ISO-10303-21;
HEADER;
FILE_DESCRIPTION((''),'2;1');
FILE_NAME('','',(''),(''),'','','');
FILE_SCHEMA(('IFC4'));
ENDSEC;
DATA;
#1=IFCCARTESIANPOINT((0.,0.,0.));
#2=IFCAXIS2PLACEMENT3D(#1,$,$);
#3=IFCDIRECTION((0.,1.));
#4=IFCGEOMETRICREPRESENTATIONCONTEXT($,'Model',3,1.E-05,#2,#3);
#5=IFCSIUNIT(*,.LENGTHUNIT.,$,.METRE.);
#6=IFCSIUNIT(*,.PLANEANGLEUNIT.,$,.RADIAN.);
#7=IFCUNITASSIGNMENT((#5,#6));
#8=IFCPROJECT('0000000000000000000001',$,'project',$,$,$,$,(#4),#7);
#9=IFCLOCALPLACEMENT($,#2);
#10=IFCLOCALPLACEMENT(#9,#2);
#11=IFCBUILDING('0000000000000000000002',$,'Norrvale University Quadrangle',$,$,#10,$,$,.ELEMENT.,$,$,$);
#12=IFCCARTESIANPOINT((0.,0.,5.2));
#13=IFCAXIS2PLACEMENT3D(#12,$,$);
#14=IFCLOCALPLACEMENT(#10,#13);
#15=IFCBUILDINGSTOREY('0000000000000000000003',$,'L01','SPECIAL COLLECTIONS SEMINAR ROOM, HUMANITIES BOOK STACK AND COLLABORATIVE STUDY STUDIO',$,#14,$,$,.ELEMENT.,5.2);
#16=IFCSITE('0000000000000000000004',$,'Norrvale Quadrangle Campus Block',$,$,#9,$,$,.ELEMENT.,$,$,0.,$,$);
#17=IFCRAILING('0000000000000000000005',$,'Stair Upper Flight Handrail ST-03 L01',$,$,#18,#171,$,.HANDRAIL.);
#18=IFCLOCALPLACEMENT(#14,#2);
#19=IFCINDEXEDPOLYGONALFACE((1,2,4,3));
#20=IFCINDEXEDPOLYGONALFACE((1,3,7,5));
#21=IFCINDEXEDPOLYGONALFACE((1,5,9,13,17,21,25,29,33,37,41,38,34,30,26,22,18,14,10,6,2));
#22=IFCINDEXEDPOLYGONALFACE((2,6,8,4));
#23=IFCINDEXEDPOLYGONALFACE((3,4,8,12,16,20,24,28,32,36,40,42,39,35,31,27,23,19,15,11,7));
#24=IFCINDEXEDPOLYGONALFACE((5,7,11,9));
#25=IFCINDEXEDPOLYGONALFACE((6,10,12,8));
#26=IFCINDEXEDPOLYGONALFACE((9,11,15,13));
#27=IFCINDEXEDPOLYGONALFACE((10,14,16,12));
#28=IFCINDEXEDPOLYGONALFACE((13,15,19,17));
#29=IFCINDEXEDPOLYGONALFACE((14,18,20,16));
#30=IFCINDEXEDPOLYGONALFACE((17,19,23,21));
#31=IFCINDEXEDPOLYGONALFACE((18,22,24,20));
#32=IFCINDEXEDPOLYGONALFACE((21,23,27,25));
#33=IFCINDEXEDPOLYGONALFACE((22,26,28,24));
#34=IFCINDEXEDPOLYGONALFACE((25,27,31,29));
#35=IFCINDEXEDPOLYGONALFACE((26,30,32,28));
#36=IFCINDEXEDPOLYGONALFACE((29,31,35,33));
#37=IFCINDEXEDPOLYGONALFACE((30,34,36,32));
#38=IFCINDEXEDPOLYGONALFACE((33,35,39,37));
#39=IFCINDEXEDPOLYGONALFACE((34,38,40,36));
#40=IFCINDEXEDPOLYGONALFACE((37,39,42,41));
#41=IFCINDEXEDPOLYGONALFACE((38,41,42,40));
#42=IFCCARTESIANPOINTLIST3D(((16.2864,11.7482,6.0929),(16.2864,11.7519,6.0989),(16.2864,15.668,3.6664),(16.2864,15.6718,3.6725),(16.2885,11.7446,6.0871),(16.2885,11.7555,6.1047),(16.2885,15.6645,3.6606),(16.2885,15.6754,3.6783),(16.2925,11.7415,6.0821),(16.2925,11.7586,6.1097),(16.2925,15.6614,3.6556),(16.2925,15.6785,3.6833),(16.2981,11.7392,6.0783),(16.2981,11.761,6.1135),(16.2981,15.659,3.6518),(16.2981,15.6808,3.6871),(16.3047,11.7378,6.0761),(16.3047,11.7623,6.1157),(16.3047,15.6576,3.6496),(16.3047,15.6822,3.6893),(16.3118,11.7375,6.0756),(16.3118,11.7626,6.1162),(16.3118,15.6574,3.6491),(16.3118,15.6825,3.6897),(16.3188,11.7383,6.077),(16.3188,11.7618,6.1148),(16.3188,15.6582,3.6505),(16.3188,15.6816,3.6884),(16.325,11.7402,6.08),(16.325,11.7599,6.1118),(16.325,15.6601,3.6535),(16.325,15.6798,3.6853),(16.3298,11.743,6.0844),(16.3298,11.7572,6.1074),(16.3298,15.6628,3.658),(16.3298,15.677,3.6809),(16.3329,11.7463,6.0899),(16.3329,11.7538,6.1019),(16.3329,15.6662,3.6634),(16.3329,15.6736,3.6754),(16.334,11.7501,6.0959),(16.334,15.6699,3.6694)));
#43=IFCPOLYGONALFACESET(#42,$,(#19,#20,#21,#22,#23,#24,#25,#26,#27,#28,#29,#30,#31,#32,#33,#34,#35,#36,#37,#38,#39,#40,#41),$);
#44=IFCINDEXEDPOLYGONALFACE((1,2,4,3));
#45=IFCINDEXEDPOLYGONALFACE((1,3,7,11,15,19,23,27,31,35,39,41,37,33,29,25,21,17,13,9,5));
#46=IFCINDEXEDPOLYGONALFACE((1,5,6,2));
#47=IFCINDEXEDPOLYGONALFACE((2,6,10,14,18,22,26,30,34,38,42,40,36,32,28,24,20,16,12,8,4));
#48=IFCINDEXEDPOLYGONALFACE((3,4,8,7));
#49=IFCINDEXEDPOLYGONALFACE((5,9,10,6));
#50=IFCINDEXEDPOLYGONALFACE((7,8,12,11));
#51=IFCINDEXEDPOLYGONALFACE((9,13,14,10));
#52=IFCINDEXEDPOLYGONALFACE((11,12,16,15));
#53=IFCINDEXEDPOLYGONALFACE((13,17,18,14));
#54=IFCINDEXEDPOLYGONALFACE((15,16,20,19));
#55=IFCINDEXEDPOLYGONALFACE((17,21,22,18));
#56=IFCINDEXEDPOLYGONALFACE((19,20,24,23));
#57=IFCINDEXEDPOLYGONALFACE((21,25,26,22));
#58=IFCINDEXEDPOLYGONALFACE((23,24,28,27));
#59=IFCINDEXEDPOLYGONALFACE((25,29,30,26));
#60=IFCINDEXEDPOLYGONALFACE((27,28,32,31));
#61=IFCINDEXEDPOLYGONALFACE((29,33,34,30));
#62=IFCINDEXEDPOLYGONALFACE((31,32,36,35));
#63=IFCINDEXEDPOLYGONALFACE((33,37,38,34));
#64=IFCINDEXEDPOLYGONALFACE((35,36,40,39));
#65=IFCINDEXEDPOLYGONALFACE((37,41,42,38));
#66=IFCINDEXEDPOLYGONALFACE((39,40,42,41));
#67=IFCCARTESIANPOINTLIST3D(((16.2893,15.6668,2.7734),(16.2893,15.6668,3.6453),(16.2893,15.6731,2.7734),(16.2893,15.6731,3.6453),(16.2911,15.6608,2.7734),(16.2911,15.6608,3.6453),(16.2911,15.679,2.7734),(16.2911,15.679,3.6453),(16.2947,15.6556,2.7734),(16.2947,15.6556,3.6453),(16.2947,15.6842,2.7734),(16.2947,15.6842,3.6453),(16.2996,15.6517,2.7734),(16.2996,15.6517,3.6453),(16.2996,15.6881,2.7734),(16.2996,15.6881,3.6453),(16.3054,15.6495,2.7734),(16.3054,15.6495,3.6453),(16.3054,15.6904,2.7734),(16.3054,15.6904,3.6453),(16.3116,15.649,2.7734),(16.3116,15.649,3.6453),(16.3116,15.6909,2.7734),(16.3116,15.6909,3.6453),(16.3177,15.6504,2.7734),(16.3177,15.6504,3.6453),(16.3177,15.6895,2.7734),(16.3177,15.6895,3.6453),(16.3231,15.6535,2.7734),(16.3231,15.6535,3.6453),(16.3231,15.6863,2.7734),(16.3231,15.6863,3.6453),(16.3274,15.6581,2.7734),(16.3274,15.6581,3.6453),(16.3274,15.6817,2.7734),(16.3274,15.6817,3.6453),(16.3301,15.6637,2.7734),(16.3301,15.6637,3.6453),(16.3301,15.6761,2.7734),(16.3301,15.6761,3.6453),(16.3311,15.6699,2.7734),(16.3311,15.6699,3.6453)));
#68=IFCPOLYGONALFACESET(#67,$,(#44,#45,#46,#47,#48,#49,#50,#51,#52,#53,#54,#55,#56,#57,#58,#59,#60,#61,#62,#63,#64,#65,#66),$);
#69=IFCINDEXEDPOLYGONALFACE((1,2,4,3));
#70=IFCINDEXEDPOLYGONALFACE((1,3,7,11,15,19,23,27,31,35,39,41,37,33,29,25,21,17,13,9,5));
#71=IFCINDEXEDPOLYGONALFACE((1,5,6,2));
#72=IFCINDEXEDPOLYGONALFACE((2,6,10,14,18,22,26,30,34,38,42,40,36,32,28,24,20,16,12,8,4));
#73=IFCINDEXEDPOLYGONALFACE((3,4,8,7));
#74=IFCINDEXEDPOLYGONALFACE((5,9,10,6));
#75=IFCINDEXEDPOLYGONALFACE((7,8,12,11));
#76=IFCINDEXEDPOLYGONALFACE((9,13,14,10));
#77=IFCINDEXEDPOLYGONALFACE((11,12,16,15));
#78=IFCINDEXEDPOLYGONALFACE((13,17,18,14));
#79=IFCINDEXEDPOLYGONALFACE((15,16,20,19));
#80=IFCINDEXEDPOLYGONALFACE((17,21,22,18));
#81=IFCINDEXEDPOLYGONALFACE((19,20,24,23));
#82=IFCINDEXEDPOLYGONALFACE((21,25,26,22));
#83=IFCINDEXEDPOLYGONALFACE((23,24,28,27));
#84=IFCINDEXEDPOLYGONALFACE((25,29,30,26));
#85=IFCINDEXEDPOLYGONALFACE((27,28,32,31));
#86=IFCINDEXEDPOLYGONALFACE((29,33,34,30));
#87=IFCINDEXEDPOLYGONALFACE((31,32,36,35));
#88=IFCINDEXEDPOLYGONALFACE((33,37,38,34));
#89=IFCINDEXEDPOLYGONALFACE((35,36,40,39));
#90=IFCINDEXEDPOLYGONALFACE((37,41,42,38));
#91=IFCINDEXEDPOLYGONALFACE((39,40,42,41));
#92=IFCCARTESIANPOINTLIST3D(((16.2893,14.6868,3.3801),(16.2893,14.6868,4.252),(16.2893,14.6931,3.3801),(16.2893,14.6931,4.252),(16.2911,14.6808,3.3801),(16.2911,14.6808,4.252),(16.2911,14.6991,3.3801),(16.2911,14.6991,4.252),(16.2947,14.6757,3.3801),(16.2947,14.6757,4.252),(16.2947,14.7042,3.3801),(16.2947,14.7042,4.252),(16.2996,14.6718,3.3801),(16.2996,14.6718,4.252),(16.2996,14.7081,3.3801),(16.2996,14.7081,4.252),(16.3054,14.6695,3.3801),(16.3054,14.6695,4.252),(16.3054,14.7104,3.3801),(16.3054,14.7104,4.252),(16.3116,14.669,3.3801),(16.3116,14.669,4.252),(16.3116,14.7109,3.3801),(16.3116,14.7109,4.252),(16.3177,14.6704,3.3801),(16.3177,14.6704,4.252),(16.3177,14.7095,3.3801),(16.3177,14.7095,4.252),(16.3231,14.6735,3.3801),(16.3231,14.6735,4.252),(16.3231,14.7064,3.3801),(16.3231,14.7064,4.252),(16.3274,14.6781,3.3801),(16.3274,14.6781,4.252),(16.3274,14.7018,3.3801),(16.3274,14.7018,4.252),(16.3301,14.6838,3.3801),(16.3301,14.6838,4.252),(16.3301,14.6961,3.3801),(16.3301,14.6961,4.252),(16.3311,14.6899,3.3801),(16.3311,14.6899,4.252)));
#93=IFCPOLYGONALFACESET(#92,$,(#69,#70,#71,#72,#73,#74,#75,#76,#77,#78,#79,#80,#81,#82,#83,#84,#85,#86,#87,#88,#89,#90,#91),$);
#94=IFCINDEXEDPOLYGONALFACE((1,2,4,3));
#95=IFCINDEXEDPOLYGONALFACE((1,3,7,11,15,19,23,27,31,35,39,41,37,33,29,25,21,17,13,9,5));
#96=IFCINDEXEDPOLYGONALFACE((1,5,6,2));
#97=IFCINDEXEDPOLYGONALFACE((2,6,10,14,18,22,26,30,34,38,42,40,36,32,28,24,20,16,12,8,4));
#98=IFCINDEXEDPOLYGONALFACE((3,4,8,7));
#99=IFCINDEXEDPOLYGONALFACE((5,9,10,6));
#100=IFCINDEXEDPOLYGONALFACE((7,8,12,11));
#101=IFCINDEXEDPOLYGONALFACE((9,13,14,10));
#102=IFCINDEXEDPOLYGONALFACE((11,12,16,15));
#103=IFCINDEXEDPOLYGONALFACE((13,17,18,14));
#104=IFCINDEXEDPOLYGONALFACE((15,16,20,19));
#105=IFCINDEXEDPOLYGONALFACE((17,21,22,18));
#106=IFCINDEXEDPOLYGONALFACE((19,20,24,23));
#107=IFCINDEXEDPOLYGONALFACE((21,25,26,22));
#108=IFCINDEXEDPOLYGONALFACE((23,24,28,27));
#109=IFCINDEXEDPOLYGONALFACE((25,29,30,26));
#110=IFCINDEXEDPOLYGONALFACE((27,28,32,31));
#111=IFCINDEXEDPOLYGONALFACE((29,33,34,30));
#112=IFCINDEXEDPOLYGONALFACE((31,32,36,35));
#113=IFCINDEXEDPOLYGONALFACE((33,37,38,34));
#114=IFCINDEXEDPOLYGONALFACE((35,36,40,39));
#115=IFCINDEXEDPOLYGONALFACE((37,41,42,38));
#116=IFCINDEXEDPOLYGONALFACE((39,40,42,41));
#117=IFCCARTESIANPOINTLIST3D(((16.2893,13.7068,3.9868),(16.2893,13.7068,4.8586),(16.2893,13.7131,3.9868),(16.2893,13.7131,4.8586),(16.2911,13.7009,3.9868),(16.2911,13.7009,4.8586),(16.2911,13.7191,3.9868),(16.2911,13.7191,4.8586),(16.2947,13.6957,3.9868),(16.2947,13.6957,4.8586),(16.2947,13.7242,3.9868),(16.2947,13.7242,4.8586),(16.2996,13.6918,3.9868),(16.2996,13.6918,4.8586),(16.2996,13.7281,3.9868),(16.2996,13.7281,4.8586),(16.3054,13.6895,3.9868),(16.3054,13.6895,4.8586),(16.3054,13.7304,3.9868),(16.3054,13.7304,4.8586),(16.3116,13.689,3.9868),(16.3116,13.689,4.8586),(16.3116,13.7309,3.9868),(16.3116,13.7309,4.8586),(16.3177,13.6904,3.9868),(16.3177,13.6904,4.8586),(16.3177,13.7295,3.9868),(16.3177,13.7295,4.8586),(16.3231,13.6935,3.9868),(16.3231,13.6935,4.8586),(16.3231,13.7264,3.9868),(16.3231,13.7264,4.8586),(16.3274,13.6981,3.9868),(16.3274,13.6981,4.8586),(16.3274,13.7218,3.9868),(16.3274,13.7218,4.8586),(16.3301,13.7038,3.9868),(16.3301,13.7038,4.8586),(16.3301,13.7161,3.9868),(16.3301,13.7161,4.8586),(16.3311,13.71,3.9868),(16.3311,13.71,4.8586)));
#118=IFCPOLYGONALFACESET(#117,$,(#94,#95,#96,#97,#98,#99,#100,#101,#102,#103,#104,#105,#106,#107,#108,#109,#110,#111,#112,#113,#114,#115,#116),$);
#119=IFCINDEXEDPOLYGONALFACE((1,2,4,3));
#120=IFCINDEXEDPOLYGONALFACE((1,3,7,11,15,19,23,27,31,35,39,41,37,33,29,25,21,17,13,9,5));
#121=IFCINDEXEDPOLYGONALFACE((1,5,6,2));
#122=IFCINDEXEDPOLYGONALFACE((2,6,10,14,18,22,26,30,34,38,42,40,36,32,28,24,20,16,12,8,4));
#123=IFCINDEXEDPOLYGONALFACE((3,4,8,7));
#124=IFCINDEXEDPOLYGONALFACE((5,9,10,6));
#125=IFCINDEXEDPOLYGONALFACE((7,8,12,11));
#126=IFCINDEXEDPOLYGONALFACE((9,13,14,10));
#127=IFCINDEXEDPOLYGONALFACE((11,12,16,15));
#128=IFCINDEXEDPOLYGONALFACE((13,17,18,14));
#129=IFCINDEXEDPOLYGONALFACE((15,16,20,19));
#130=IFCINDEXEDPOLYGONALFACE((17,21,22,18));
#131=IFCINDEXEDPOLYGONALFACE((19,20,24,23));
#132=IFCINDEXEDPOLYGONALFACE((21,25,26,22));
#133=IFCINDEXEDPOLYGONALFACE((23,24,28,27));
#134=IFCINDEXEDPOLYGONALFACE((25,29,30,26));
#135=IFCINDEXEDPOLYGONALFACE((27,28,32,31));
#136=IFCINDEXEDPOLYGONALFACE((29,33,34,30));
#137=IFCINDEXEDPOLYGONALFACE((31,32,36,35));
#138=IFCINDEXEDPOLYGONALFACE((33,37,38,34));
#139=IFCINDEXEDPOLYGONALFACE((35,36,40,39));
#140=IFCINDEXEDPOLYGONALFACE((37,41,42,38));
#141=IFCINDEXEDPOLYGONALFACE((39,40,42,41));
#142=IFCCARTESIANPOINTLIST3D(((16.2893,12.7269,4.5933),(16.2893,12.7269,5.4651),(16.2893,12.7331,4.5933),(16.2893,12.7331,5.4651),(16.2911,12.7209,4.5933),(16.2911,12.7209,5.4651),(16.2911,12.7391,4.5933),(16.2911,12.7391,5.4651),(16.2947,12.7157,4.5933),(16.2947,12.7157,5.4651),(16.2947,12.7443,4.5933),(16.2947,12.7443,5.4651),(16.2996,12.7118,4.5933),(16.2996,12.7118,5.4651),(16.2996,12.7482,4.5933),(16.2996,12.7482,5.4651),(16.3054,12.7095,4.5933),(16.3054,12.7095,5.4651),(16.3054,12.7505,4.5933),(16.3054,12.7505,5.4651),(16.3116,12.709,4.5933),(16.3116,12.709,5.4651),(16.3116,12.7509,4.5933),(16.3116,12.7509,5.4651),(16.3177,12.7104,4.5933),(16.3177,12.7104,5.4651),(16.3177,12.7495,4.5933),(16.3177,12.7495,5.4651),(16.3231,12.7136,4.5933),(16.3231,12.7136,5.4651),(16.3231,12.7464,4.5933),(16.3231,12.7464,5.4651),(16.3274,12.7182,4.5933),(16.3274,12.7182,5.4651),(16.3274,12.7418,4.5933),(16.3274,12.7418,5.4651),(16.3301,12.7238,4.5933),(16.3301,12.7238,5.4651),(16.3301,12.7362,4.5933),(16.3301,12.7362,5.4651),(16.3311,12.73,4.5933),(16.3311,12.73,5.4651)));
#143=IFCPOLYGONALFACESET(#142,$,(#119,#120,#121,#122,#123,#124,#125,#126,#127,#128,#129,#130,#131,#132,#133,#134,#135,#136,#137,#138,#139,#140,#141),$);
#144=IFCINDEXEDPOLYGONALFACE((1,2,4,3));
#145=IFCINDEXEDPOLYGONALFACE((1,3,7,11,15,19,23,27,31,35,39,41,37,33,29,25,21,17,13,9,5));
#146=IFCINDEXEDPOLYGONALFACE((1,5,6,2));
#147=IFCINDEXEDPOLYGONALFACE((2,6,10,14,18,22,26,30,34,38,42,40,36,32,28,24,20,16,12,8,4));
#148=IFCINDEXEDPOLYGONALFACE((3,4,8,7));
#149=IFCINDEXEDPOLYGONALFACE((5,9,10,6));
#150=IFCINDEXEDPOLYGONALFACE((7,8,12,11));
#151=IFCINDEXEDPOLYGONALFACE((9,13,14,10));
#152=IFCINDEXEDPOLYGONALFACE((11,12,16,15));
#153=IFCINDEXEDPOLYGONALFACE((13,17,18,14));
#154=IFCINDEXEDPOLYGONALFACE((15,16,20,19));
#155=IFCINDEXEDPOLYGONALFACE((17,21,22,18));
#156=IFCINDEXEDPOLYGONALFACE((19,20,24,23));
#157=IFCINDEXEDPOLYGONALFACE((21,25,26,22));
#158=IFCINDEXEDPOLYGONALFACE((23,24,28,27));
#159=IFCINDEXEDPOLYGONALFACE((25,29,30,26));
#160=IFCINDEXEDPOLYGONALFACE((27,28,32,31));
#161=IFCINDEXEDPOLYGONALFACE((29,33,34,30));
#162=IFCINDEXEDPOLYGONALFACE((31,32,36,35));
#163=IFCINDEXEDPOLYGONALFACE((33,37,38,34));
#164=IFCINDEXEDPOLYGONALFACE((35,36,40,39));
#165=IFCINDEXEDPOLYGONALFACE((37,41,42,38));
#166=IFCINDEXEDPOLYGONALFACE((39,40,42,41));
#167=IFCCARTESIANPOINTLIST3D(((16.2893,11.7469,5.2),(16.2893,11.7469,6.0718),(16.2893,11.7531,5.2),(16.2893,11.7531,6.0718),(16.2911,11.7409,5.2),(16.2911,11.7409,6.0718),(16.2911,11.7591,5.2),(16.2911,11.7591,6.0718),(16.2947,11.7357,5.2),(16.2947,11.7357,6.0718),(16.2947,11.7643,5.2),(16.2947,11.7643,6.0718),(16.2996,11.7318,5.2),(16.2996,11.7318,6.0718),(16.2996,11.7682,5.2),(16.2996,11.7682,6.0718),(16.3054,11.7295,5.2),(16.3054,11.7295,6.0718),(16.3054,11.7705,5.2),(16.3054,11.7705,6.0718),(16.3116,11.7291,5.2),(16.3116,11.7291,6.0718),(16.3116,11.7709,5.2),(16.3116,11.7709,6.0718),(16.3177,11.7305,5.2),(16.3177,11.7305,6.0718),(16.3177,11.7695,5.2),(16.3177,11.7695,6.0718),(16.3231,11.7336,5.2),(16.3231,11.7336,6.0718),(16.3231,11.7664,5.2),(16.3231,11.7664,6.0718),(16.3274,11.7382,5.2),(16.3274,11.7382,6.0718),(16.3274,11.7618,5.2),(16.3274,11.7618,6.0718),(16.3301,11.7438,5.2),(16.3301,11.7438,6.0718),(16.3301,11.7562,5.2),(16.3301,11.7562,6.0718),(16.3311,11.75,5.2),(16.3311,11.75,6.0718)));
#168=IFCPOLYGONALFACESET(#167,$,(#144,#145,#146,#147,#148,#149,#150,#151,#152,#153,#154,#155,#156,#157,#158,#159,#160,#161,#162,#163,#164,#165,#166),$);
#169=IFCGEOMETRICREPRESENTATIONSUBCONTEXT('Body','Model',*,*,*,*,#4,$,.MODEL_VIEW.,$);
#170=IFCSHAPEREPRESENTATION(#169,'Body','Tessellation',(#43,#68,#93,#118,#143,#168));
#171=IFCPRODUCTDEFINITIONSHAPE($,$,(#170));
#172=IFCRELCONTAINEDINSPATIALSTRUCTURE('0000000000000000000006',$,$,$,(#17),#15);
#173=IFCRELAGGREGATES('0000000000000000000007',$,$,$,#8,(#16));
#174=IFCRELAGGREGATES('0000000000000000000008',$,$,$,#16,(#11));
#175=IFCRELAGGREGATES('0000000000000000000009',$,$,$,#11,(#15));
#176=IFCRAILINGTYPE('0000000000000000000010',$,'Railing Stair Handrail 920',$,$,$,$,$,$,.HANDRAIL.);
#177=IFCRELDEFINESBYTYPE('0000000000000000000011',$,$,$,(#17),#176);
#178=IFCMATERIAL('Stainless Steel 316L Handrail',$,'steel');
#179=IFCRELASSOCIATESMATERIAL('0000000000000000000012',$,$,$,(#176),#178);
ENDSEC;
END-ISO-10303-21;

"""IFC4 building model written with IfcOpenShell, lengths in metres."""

from ifc_helpers import new_model, si_unit, direction, frame, origin, origin_2d, place, context, subcontext, project, spatial, circle, extrude, material, type_object, element, save


model = new_model("IFC4")

# Units and contexts
model_context = context("Model", 3, precision=1e-05, world=origin(), true_north=direction((0.0, 1.0)))
body_context = subcontext(model_context, "Body", "Model", "MODEL_VIEW")
ifc_project = project(units=[si_unit("LENGTHUNIT", "METRE"), si_unit("PLANEANGLEUNIT", "RADIAN")], contexts=[model_context])

# Site, building, storey
site_placement = place(None, origin())
site = spatial("IfcSite", under=ifc_project, at=site_placement, Name="Norrvale Quadrangle Campus Block", CompositionType="ELEMENT", RefElevation=0.0)
building_placement = place(site_placement, origin())
building = spatial("IfcBuilding", under=site, at=building_placement, Name="Norrvale University Quadrangle", CompositionType="ELEMENT")
storey_placement = place(building_placement, frame((0.0, 0.0, 5.2)))
storey = spatial("IfcBuildingStorey", under=building, at=storey_placement, Name="L01", Description="SPECIAL COLLECTIONS SEMINAR ROOM, HUMANITIES BOOK STACK AND COLLABORATIVE STUDY STUDIO", CompositionType="ELEMENT", Elevation=5.2)

# Railing
ifc_material_1 = material(Name="Stainless Steel 316L Handrail", Category="steel")
railing_type_1 = type_object("IfcRailingType", Name="Railing Stair Handrail 920", PredefinedType="HANDRAIL", material=ifc_material_1)
railing_1_placement = place(storey_placement, frame((16.3101, 15.6699, 2.7734)))
element("IfcRailing", 1, at=railing_1_placement, inside=storey, type_object=railing_type_1, Name="Stair Upper Flight Handrail ST-03 L01", PredefinedType="HANDRAIL", context=body_context, shape_type="SweptSolid", body=[
    extrude(circle(Radius=0.0239, at=origin_2d()), frame((0.0, 0.0, 0.896), z_axis=(0.0, -0.850275, 0.526338), x_axis=(1.0, 0.0, 0.0)), (0.0, 0.0, 1.0), 4.6101),
    extrude(circle(Radius=0.021, at=origin_2d()), origin(), (0.0, 0.0, 1.0), 0.8718),
    extrude(circle(Radius=0.021, at=origin_2d()), frame((0.0, -0.98, 0.6067)), (0.0, 0.0, 1.0), 0.8718),
    extrude(circle(Radius=0.021, at=origin_2d()), frame((0.0, -1.96, 1.2134)), (0.0, 0.0, 1.0), 0.8718),
    extrude(circle(Radius=0.021, at=origin_2d()), frame((0.0, -2.9399, 1.8198)), (0.0, 0.0, 1.0), 0.8718),
    extrude(circle(Radius=0.021, at=origin_2d()), frame((0.0, -3.9199, 2.4265)), (0.0, 0.0, 1.0), 0.8718),
])

save(model, "model.ifc")
